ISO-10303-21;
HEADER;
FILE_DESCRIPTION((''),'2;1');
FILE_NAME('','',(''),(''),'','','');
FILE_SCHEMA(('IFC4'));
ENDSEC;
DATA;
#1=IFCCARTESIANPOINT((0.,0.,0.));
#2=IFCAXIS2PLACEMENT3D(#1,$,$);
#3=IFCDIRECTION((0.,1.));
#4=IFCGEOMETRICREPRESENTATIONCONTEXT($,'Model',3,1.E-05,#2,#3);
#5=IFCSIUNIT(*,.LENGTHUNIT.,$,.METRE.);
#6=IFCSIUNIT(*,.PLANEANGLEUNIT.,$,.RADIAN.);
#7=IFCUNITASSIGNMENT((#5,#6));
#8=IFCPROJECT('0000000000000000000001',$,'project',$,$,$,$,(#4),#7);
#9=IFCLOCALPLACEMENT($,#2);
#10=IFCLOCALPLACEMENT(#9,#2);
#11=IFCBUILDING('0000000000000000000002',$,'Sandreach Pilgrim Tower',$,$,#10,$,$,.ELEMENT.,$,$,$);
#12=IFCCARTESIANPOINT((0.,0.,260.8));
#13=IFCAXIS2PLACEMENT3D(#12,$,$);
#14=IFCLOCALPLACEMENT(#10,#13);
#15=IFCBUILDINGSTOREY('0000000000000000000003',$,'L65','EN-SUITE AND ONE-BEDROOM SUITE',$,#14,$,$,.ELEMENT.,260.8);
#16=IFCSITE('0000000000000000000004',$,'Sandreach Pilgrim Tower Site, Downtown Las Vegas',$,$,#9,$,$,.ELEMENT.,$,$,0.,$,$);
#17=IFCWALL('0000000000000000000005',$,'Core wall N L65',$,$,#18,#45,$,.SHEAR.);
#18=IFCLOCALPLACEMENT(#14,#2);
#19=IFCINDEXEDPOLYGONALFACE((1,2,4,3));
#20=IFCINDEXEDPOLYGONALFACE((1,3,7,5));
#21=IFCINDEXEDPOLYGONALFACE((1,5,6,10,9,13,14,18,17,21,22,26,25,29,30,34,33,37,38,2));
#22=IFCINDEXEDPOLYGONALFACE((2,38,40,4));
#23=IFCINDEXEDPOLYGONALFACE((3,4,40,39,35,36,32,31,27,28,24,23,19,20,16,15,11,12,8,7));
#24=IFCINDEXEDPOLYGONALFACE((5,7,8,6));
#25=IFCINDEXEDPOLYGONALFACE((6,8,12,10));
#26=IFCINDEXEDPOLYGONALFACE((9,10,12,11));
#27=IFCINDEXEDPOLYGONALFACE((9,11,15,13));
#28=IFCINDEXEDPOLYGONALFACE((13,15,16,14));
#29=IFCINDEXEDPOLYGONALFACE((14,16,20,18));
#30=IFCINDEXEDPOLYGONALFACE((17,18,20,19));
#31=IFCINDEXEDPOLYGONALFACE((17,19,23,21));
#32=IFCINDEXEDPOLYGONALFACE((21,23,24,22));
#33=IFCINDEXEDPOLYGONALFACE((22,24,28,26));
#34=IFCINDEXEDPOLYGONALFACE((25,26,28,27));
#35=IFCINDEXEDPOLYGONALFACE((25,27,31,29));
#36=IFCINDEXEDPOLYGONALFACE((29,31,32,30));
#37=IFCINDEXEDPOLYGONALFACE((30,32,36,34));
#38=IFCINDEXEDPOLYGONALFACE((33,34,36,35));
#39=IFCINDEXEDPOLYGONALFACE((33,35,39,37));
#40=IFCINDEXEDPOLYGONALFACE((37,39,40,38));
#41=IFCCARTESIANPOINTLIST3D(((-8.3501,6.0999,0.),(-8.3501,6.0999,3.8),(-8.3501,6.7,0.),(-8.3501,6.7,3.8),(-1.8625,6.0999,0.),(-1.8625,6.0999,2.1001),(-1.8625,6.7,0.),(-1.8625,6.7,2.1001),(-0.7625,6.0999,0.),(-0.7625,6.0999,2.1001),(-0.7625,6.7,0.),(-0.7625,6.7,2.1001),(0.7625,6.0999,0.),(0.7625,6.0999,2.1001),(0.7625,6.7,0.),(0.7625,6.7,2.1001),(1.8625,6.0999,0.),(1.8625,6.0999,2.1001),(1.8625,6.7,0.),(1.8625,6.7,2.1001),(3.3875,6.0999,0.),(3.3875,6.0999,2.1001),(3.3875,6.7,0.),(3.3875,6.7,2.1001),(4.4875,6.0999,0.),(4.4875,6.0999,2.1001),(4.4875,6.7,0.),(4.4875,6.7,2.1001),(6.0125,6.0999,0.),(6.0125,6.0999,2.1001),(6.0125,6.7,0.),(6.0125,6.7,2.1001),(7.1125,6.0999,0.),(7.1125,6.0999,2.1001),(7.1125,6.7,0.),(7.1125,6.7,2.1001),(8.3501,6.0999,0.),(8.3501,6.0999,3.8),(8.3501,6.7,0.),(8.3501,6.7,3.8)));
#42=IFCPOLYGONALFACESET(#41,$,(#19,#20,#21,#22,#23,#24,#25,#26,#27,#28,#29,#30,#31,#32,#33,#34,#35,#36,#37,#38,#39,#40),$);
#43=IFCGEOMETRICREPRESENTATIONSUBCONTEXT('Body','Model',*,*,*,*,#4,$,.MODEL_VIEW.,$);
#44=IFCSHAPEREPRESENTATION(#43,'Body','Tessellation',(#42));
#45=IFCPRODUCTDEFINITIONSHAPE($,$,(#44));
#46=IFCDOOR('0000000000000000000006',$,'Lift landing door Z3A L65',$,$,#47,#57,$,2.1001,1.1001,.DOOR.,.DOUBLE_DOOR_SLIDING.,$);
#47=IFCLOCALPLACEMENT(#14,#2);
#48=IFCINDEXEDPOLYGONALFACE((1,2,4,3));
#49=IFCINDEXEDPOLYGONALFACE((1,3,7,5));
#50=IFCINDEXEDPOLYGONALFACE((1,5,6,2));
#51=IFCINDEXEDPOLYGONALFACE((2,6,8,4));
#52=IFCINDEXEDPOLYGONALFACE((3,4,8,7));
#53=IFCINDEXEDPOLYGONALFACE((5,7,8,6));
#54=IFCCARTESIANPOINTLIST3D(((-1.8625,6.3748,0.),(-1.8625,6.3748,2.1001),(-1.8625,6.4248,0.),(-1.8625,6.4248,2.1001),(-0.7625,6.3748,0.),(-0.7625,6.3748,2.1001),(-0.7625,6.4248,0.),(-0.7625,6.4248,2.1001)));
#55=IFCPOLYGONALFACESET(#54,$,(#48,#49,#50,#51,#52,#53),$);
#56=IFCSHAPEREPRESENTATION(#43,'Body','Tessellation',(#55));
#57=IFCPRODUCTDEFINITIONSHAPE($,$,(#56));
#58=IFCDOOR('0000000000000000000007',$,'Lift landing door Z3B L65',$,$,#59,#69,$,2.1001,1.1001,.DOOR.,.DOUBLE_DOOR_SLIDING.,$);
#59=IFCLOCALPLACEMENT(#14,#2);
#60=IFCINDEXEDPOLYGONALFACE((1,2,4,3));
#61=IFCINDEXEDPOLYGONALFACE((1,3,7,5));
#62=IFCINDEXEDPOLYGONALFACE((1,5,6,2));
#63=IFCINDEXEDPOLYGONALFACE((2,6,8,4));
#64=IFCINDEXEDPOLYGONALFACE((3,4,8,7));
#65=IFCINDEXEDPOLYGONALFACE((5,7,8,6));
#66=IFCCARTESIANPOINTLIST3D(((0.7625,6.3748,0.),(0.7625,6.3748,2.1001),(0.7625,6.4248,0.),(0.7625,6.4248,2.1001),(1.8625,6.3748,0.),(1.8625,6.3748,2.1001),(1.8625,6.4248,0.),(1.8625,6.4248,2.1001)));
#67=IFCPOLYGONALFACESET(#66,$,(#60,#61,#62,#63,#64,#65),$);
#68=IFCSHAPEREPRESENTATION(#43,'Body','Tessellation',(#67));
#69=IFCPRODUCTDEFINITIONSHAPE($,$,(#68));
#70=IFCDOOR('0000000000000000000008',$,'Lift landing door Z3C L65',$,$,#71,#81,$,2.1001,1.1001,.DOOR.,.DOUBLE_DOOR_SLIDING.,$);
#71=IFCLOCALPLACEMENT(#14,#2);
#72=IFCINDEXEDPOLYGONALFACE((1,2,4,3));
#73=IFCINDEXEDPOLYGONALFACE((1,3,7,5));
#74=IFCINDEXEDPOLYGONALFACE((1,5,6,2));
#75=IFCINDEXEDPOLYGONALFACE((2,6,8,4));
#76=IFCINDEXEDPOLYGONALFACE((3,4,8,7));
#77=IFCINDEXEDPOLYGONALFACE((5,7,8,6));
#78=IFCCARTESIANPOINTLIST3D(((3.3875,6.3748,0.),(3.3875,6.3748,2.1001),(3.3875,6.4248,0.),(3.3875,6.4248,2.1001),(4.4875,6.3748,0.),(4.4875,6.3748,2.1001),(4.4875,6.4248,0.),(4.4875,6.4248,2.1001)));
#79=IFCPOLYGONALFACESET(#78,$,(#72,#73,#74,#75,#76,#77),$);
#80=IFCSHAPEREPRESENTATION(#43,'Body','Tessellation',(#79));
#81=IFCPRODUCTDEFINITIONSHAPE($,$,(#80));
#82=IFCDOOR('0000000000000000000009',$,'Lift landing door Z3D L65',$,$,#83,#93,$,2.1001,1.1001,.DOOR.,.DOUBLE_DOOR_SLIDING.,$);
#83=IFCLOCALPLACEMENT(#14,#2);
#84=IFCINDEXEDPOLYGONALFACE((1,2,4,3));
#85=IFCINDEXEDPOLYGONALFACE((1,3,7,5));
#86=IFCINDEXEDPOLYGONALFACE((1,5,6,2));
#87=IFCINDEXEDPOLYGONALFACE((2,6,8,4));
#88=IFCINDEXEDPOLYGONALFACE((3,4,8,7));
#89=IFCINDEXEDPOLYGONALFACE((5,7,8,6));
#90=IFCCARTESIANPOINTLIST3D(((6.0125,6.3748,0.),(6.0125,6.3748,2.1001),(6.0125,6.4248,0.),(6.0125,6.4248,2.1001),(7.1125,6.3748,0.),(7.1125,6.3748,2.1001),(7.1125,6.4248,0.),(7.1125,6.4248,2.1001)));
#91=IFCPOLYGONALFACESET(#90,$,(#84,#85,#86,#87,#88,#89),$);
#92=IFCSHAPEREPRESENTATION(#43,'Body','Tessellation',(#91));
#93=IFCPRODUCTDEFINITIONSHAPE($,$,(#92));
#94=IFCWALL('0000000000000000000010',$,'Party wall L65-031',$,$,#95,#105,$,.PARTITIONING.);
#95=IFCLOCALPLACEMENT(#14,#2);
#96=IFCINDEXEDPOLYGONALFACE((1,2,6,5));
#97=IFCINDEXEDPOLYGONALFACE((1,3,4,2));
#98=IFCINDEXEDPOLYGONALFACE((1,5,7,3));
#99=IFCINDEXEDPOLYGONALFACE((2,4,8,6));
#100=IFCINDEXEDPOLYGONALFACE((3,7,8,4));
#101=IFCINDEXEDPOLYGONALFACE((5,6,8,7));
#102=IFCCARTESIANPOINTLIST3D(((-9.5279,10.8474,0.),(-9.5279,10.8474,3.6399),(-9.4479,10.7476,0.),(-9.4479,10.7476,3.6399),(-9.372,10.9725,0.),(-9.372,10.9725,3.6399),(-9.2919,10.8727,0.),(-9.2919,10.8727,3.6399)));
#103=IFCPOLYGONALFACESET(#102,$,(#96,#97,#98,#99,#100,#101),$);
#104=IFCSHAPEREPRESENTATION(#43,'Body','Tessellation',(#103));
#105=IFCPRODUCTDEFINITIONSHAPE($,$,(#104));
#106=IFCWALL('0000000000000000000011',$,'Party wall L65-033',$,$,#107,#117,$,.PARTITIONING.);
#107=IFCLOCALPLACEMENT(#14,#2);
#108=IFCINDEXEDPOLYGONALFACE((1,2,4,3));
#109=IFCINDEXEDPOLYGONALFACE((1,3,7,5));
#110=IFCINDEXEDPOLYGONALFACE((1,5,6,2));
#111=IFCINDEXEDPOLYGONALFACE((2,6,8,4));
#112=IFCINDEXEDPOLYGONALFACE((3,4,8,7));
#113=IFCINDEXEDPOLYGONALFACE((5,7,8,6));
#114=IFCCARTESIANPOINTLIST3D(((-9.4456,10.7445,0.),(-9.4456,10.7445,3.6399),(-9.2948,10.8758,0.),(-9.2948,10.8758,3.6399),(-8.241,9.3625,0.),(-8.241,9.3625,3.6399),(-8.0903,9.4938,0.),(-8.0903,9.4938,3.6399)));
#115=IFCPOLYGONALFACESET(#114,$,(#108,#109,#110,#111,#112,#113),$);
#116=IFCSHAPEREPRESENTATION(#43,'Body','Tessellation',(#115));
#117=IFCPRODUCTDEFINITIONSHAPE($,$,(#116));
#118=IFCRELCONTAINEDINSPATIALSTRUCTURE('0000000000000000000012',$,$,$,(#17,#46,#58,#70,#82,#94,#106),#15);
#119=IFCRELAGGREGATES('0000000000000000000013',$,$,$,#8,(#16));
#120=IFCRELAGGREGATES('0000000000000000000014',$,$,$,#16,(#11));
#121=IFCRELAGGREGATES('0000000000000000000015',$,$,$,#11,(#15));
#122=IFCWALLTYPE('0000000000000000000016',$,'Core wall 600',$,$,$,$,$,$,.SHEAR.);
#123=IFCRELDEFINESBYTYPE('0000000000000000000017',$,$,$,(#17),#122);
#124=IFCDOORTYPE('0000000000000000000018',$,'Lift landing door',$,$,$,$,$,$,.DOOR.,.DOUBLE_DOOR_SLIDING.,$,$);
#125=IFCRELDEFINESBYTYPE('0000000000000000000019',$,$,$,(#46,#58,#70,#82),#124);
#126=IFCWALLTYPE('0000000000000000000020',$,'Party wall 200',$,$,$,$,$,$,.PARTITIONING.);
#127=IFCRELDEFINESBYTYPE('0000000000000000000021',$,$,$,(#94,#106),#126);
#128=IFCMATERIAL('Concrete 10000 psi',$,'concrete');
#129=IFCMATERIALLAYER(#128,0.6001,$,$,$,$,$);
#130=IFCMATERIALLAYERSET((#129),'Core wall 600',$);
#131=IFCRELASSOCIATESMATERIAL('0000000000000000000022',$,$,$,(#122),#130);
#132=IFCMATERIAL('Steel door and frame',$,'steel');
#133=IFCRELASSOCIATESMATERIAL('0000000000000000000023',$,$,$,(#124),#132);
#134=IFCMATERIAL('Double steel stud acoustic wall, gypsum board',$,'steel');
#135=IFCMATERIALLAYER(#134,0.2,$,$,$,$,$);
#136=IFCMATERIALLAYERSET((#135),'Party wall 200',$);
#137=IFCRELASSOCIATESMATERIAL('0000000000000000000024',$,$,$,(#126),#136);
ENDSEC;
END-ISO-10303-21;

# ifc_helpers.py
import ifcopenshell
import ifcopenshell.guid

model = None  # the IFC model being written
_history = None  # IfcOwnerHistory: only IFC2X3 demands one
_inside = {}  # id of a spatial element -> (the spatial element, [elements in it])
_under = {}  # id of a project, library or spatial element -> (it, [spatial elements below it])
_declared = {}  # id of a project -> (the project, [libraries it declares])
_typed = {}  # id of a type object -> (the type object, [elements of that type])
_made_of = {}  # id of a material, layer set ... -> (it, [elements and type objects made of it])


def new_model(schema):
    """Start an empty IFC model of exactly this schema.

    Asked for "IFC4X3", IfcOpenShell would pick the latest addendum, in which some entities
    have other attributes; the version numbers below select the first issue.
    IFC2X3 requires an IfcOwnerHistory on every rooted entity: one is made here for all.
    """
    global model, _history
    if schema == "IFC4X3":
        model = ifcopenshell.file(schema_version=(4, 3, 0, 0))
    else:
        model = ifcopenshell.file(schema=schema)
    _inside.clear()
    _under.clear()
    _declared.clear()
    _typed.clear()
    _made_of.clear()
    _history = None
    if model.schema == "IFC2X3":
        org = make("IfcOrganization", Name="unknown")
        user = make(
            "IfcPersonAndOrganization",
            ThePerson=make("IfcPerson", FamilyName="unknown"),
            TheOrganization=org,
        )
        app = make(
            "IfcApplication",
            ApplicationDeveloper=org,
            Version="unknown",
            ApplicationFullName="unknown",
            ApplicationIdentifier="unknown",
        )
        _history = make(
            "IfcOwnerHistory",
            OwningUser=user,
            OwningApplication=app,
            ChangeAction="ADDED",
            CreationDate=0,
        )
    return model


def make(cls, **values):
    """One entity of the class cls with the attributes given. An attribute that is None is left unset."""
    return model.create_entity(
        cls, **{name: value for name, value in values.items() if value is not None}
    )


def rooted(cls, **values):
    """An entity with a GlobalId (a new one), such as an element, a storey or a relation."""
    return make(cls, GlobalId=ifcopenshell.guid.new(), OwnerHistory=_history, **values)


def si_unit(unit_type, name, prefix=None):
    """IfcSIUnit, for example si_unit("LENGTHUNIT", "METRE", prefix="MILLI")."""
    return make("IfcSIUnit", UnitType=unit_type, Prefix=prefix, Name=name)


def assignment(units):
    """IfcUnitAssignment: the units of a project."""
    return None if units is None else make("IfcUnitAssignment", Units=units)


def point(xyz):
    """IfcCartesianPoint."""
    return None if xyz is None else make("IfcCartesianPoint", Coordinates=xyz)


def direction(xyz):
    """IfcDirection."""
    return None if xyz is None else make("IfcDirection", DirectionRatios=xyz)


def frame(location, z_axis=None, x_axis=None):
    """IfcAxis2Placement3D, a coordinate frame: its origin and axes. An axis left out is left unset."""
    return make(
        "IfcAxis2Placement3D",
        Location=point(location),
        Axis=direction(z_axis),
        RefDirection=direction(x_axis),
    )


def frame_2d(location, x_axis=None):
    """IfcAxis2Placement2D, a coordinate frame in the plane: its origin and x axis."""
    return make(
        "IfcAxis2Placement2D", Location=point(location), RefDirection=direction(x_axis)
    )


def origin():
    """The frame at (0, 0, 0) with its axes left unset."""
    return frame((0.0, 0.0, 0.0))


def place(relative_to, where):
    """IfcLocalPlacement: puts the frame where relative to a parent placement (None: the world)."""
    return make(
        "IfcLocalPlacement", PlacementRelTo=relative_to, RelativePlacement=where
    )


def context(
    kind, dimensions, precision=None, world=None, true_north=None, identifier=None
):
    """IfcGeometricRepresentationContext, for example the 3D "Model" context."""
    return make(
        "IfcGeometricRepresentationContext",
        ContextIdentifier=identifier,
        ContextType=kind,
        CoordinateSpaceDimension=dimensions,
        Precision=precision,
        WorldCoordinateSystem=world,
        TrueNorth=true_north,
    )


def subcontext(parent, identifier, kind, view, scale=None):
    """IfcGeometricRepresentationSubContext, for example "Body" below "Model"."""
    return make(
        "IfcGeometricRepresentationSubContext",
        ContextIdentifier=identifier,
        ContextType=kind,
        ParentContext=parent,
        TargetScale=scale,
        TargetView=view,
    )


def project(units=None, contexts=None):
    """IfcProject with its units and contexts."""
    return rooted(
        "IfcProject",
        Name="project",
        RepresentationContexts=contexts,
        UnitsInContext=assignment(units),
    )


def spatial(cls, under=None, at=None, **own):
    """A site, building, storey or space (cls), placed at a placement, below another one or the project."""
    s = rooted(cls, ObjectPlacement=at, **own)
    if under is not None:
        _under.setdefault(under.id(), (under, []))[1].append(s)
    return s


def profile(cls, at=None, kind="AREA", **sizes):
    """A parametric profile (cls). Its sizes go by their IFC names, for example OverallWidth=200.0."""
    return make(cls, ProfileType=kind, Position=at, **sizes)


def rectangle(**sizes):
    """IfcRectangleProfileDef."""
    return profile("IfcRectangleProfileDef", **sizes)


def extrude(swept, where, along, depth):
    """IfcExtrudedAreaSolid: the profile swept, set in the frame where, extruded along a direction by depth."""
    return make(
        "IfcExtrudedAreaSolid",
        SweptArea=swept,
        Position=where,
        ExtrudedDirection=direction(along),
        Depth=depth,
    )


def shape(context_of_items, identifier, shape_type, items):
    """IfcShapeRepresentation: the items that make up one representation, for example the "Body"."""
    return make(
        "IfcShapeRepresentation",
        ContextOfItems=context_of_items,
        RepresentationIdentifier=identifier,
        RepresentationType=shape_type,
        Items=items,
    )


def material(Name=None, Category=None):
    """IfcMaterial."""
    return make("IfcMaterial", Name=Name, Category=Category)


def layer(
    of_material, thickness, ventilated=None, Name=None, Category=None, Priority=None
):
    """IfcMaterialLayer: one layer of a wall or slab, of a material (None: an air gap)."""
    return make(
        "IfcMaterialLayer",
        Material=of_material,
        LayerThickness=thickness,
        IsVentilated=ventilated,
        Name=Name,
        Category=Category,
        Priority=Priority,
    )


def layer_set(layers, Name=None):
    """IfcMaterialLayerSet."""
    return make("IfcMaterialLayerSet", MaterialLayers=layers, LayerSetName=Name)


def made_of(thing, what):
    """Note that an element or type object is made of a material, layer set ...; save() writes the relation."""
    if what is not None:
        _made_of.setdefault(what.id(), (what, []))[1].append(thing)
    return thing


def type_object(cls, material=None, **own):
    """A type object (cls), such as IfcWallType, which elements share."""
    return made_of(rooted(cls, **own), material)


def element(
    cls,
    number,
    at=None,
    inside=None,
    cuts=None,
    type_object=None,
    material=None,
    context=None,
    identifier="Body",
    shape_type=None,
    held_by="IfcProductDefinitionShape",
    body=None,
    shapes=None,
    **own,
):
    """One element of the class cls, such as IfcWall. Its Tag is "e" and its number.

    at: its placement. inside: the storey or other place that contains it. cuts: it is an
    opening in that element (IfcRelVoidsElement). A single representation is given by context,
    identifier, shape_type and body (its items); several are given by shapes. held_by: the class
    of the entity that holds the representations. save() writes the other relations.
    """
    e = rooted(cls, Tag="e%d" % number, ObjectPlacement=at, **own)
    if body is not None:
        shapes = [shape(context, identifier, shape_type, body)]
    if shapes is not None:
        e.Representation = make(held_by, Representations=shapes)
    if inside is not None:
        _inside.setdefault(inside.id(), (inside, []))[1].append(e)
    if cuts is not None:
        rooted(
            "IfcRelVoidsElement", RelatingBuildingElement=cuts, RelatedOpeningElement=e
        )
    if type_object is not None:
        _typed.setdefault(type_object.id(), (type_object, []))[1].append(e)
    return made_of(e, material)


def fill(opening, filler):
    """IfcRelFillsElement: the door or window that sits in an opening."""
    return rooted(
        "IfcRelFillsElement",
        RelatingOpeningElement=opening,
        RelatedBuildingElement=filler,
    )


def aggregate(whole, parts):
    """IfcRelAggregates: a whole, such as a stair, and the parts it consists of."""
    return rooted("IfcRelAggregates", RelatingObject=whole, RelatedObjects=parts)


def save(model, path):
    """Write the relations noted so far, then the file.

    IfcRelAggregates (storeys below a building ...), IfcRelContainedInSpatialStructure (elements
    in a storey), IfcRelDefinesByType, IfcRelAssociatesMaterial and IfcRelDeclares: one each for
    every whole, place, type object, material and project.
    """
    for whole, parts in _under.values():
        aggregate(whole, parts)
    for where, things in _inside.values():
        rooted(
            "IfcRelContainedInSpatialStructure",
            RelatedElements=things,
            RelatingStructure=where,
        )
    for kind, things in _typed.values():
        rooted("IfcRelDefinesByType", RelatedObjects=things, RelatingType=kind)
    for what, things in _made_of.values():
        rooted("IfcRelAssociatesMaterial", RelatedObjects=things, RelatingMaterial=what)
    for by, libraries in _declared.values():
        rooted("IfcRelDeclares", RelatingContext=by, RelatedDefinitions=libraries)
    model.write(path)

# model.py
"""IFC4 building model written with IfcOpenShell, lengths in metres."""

from ifc_helpers import new_model, si_unit, direction, frame, frame_2d, origin, place, context, subcontext, project, spatial, rectangle, extrude, material, layer, layer_set, type_object, element, fill, save


model = new_model("IFC4")

# Units and contexts
model_context = context("Model", 3, precision=1e-05, world=origin(), true_north=direction((0.0, 1.0)))
body_context = subcontext(model_context, "Body", "Model", "MODEL_VIEW")
ifc_project = project(units=[si_unit("LENGTHUNIT", "METRE"), si_unit("PLANEANGLEUNIT", "RADIAN")], contexts=[model_context])

# Site, building, storey
site_placement = place(None, origin())
site = spatial("IfcSite", under=ifc_project, at=site_placement, Name="Sandreach Pilgrim Tower Site, Downtown Las Vegas", CompositionType="ELEMENT", RefElevation=0.0)
building_placement = place(site_placement, origin())
building = spatial("IfcBuilding", under=site, at=building_placement, Name="Sandreach Pilgrim Tower", CompositionType="ELEMENT")
storey_placement = place(building_placement, frame((0.0, 0.0, 260.8)))
storey = spatial("IfcBuildingStorey", under=building, at=storey_placement, Name="L65", Description="EN-SUITE AND ONE-BEDROOM SUITE", CompositionType="ELEMENT", Elevation=260.8)

# Wall, openings, doors
ifc_material_1 = material(Name="Concrete 10000 psi", Category="concrete")
ifc_layer_1 = layer(ifc_material_1, 0.6001)
ifc_layer_set_1 = layer_set([ifc_layer_1], Name="Core wall 600")
wall_type_1 = type_object("IfcWallType", Name="Core wall 600", PredefinedType="SHEAR", material=ifc_layer_set_1)
wall_1_placement = place(storey_placement, frame((-8.3501, 6.3999, 0.0), z_axis=(0.0, 0.0, 1.0), x_axis=(1.0, 0.0, 0.0)))
wall_1 = element("IfcWall", 1, at=wall_1_placement, inside=storey, type_object=wall_type_1, Name="Core wall N L65", PredefinedType="SHEAR", context=body_context, shape_type="SweptSolid", body=[
    extrude(rectangle(XDim=16.7002, YDim=0.6001, at=frame_2d((8.3501, 0.0))), origin(), (0.0, 0.0, 1.0), 3.8),
])
opening_1_placement = place(wall_1_placement, frame((6.4875, 0.0, 0.0)))
opening_1 = element("IfcOpeningElement", 2, at=opening_1_placement, cuts=wall_1, PredefinedType="OPENING", context=body_context, shape_type="SweptSolid", body=[
    extrude(rectangle(XDim=1.1001, YDim=2.1001, at=frame_2d((0.55, 1.05))), frame((0.0, 0.3, 0.0), z_axis=(0.0, -1.0, 0.0), x_axis=(1.0, 0.0, 0.0)), (0.0, 0.0, 1.0), 0.6001),
])
opening_2_placement = place(wall_1_placement, frame((9.1125, 0.0, 0.0)))
opening_2 = element("IfcOpeningElement", 3, at=opening_2_placement, cuts=wall_1, PredefinedType="OPENING", context=body_context, shape_type="SweptSolid", body=[
    extrude(rectangle(XDim=1.1001, YDim=2.1001, at=frame_2d((0.55, 1.05))), frame((0.0, 0.3, 0.0), z_axis=(0.0, -1.0, 0.0), x_axis=(1.0, 0.0, 0.0)), (0.0, 0.0, 1.0), 0.6001),
])
opening_3_placement = place(wall_1_placement, frame((11.7375, 0.0, 0.0)))
opening_3 = element("IfcOpeningElement", 4, at=opening_3_placement, cuts=wall_1, PredefinedType="OPENING", context=body_context, shape_type="SweptSolid", body=[
    extrude(rectangle(XDim=1.1001, YDim=2.1001, at=frame_2d((0.55, 1.05))), frame((0.0, 0.3, 0.0), z_axis=(0.0, -1.0, 0.0), x_axis=(1.0, 0.0, 0.0)), (0.0, 0.0, 1.0), 0.6001),
])
opening_4_placement = place(wall_1_placement, frame((14.3625, 0.0, 0.0)))
opening_4 = element("IfcOpeningElement", 5, at=opening_4_placement, cuts=wall_1, PredefinedType="OPENING", context=body_context, shape_type="SweptSolid", body=[
    extrude(rectangle(XDim=1.1001, YDim=2.1001, at=frame_2d((0.55, 1.05))), frame((0.0, 0.3, 0.0), z_axis=(0.0, -1.0, 0.0), x_axis=(1.0, 0.0, 0.0)), (0.0, 0.0, 1.0), 0.6001),
])
ifc_material_2 = material(Name="Steel door and frame", Category="steel")
door_type_1 = type_object("IfcDoorType", Name="Lift landing door", OperationType="DOUBLE_DOOR_SLIDING", PredefinedType="DOOR", material=ifc_material_2)
door_1_placement = place(opening_1_placement, origin())
door_1 = element("IfcDoor", 6, at=door_1_placement, inside=storey, type_object=door_type_1, Name="Lift landing door Z3A L65", OperationType="DOUBLE_DOOR_SLIDING", OverallHeight=2.1001, OverallWidth=1.1001, PredefinedType="DOOR", context=body_context, shape_type="SweptSolid", body=[
    extrude(rectangle(XDim=1.1001, YDim=2.1001, at=frame_2d((0.55, 1.05))), frame((0.0, 0.0249, 0.0), z_axis=(0.0, -1.0, 0.0), x_axis=(1.0, 0.0, 0.0)), (0.0, 0.0, 1.0), 0.05),
])
fill(opening_1, door_1)
door_2_placement = place(opening_2_placement, origin())
door_2 = element("IfcDoor", 7, at=door_2_placement, inside=storey, type_object=door_type_1, Name="Lift landing door Z3B L65", OperationType="DOUBLE_DOOR_SLIDING", OverallHeight=2.1001, OverallWidth=1.1001, PredefinedType="DOOR", context=body_context, shape_type="SweptSolid", body=[
    extrude(rectangle(XDim=1.1001, YDim=2.1001, at=frame_2d((0.55, 1.05))), frame((0.0, 0.0249, 0.0), z_axis=(0.0, -1.0, 0.0), x_axis=(1.0, 0.0, 0.0)), (0.0, 0.0, 1.0), 0.05),
])
fill(opening_2, door_2)
door_3_placement = place(opening_3_placement, origin())
door_3 = element("IfcDoor", 8, at=door_3_placement, inside=storey, type_object=door_type_1, Name="Lift landing door Z3C L65", OperationType="DOUBLE_DOOR_SLIDING", OverallHeight=2.1001, OverallWidth=1.1001, PredefinedType="DOOR", context=body_context, shape_type="SweptSolid", body=[
    extrude(rectangle(XDim=1.1001, YDim=2.1001, at=frame_2d((0.55, 1.05))), frame((0.0, 0.0249, 0.0), z_axis=(0.0, -1.0, 0.0), x_axis=(1.0, 0.0, 0.0)), (0.0, 0.0, 1.0), 0.05),
])
fill(opening_3, door_3)
door_4_placement = place(opening_4_placement, origin())
door_4 = element("IfcDoor", 9, at=door_4_placement, inside=storey, type_object=door_type_1, Name="Lift landing door Z3D L65", OperationType="DOUBLE_DOOR_SLIDING", OverallHeight=2.1001, OverallWidth=1.1001, PredefinedType="DOOR", context=body_context, shape_type="SweptSolid", body=[
    extrude(rectangle(XDim=1.1001, YDim=2.1001, at=frame_2d((0.55, 1.05))), frame((0.0, 0.0249, 0.0), z_axis=(0.0, -1.0, 0.0), x_axis=(1.0, 0.0, 0.0)), (0.0, 0.0, 1.0), 0.05),
])
fill(opening_4, door_4)

# Walls
ifc_material_3 = material(Name="Double steel stud acoustic wall, gypsum board", Category="steel")
ifc_layer_2 = layer(ifc_material_3, 0.2)
ifc_layer_set_2 = layer_set([ifc_layer_2], Name="Party wall 200")
wall_type_2 = type_object("IfcWallType", Name="Party wall 200", PredefinedType="PARTITIONING", material=ifc_layer_set_2)
wall_2_placement = place(storey_placement, frame((-9.45, 10.9099, 0.0), z_axis=(0.0, 0.0, 1.0), x_axis=(0.625625, -0.780124, 0.0)))
element("IfcWall", 10, at=wall_2_placement, inside=storey, type_object=wall_type_2, Name="Party wall L65-031", PredefinedType="PARTITIONING", context=body_context, shape_type="SweptSolid", body=[
    extrude(rectangle(XDim=0.1279, YDim=0.2, at=frame_2d((0.064, 0.0))), origin(), (0.0, 0.0, 1.0), 3.6399),
])
wall_3_placement = place(storey_placement, frame((-9.3701, 10.8101, 0.0), z_axis=(0.0, 0.0, 1.0), x_axis=(0.657042, -0.753854, 0.0)))
element("IfcWall", 11, at=wall_3_placement, inside=storey, type_object=wall_type_2, Name="Party wall L65-033", PredefinedType="PARTITIONING", context=body_context, shape_type="SweptSolid", body=[
    extrude(rectangle(XDim=1.8333, YDim=0.2, at=frame_2d((0.9165, 0.0))), origin(), (0.0, 0.0, 1.0), 3.6399),
])

save(model, "model.ifc")
